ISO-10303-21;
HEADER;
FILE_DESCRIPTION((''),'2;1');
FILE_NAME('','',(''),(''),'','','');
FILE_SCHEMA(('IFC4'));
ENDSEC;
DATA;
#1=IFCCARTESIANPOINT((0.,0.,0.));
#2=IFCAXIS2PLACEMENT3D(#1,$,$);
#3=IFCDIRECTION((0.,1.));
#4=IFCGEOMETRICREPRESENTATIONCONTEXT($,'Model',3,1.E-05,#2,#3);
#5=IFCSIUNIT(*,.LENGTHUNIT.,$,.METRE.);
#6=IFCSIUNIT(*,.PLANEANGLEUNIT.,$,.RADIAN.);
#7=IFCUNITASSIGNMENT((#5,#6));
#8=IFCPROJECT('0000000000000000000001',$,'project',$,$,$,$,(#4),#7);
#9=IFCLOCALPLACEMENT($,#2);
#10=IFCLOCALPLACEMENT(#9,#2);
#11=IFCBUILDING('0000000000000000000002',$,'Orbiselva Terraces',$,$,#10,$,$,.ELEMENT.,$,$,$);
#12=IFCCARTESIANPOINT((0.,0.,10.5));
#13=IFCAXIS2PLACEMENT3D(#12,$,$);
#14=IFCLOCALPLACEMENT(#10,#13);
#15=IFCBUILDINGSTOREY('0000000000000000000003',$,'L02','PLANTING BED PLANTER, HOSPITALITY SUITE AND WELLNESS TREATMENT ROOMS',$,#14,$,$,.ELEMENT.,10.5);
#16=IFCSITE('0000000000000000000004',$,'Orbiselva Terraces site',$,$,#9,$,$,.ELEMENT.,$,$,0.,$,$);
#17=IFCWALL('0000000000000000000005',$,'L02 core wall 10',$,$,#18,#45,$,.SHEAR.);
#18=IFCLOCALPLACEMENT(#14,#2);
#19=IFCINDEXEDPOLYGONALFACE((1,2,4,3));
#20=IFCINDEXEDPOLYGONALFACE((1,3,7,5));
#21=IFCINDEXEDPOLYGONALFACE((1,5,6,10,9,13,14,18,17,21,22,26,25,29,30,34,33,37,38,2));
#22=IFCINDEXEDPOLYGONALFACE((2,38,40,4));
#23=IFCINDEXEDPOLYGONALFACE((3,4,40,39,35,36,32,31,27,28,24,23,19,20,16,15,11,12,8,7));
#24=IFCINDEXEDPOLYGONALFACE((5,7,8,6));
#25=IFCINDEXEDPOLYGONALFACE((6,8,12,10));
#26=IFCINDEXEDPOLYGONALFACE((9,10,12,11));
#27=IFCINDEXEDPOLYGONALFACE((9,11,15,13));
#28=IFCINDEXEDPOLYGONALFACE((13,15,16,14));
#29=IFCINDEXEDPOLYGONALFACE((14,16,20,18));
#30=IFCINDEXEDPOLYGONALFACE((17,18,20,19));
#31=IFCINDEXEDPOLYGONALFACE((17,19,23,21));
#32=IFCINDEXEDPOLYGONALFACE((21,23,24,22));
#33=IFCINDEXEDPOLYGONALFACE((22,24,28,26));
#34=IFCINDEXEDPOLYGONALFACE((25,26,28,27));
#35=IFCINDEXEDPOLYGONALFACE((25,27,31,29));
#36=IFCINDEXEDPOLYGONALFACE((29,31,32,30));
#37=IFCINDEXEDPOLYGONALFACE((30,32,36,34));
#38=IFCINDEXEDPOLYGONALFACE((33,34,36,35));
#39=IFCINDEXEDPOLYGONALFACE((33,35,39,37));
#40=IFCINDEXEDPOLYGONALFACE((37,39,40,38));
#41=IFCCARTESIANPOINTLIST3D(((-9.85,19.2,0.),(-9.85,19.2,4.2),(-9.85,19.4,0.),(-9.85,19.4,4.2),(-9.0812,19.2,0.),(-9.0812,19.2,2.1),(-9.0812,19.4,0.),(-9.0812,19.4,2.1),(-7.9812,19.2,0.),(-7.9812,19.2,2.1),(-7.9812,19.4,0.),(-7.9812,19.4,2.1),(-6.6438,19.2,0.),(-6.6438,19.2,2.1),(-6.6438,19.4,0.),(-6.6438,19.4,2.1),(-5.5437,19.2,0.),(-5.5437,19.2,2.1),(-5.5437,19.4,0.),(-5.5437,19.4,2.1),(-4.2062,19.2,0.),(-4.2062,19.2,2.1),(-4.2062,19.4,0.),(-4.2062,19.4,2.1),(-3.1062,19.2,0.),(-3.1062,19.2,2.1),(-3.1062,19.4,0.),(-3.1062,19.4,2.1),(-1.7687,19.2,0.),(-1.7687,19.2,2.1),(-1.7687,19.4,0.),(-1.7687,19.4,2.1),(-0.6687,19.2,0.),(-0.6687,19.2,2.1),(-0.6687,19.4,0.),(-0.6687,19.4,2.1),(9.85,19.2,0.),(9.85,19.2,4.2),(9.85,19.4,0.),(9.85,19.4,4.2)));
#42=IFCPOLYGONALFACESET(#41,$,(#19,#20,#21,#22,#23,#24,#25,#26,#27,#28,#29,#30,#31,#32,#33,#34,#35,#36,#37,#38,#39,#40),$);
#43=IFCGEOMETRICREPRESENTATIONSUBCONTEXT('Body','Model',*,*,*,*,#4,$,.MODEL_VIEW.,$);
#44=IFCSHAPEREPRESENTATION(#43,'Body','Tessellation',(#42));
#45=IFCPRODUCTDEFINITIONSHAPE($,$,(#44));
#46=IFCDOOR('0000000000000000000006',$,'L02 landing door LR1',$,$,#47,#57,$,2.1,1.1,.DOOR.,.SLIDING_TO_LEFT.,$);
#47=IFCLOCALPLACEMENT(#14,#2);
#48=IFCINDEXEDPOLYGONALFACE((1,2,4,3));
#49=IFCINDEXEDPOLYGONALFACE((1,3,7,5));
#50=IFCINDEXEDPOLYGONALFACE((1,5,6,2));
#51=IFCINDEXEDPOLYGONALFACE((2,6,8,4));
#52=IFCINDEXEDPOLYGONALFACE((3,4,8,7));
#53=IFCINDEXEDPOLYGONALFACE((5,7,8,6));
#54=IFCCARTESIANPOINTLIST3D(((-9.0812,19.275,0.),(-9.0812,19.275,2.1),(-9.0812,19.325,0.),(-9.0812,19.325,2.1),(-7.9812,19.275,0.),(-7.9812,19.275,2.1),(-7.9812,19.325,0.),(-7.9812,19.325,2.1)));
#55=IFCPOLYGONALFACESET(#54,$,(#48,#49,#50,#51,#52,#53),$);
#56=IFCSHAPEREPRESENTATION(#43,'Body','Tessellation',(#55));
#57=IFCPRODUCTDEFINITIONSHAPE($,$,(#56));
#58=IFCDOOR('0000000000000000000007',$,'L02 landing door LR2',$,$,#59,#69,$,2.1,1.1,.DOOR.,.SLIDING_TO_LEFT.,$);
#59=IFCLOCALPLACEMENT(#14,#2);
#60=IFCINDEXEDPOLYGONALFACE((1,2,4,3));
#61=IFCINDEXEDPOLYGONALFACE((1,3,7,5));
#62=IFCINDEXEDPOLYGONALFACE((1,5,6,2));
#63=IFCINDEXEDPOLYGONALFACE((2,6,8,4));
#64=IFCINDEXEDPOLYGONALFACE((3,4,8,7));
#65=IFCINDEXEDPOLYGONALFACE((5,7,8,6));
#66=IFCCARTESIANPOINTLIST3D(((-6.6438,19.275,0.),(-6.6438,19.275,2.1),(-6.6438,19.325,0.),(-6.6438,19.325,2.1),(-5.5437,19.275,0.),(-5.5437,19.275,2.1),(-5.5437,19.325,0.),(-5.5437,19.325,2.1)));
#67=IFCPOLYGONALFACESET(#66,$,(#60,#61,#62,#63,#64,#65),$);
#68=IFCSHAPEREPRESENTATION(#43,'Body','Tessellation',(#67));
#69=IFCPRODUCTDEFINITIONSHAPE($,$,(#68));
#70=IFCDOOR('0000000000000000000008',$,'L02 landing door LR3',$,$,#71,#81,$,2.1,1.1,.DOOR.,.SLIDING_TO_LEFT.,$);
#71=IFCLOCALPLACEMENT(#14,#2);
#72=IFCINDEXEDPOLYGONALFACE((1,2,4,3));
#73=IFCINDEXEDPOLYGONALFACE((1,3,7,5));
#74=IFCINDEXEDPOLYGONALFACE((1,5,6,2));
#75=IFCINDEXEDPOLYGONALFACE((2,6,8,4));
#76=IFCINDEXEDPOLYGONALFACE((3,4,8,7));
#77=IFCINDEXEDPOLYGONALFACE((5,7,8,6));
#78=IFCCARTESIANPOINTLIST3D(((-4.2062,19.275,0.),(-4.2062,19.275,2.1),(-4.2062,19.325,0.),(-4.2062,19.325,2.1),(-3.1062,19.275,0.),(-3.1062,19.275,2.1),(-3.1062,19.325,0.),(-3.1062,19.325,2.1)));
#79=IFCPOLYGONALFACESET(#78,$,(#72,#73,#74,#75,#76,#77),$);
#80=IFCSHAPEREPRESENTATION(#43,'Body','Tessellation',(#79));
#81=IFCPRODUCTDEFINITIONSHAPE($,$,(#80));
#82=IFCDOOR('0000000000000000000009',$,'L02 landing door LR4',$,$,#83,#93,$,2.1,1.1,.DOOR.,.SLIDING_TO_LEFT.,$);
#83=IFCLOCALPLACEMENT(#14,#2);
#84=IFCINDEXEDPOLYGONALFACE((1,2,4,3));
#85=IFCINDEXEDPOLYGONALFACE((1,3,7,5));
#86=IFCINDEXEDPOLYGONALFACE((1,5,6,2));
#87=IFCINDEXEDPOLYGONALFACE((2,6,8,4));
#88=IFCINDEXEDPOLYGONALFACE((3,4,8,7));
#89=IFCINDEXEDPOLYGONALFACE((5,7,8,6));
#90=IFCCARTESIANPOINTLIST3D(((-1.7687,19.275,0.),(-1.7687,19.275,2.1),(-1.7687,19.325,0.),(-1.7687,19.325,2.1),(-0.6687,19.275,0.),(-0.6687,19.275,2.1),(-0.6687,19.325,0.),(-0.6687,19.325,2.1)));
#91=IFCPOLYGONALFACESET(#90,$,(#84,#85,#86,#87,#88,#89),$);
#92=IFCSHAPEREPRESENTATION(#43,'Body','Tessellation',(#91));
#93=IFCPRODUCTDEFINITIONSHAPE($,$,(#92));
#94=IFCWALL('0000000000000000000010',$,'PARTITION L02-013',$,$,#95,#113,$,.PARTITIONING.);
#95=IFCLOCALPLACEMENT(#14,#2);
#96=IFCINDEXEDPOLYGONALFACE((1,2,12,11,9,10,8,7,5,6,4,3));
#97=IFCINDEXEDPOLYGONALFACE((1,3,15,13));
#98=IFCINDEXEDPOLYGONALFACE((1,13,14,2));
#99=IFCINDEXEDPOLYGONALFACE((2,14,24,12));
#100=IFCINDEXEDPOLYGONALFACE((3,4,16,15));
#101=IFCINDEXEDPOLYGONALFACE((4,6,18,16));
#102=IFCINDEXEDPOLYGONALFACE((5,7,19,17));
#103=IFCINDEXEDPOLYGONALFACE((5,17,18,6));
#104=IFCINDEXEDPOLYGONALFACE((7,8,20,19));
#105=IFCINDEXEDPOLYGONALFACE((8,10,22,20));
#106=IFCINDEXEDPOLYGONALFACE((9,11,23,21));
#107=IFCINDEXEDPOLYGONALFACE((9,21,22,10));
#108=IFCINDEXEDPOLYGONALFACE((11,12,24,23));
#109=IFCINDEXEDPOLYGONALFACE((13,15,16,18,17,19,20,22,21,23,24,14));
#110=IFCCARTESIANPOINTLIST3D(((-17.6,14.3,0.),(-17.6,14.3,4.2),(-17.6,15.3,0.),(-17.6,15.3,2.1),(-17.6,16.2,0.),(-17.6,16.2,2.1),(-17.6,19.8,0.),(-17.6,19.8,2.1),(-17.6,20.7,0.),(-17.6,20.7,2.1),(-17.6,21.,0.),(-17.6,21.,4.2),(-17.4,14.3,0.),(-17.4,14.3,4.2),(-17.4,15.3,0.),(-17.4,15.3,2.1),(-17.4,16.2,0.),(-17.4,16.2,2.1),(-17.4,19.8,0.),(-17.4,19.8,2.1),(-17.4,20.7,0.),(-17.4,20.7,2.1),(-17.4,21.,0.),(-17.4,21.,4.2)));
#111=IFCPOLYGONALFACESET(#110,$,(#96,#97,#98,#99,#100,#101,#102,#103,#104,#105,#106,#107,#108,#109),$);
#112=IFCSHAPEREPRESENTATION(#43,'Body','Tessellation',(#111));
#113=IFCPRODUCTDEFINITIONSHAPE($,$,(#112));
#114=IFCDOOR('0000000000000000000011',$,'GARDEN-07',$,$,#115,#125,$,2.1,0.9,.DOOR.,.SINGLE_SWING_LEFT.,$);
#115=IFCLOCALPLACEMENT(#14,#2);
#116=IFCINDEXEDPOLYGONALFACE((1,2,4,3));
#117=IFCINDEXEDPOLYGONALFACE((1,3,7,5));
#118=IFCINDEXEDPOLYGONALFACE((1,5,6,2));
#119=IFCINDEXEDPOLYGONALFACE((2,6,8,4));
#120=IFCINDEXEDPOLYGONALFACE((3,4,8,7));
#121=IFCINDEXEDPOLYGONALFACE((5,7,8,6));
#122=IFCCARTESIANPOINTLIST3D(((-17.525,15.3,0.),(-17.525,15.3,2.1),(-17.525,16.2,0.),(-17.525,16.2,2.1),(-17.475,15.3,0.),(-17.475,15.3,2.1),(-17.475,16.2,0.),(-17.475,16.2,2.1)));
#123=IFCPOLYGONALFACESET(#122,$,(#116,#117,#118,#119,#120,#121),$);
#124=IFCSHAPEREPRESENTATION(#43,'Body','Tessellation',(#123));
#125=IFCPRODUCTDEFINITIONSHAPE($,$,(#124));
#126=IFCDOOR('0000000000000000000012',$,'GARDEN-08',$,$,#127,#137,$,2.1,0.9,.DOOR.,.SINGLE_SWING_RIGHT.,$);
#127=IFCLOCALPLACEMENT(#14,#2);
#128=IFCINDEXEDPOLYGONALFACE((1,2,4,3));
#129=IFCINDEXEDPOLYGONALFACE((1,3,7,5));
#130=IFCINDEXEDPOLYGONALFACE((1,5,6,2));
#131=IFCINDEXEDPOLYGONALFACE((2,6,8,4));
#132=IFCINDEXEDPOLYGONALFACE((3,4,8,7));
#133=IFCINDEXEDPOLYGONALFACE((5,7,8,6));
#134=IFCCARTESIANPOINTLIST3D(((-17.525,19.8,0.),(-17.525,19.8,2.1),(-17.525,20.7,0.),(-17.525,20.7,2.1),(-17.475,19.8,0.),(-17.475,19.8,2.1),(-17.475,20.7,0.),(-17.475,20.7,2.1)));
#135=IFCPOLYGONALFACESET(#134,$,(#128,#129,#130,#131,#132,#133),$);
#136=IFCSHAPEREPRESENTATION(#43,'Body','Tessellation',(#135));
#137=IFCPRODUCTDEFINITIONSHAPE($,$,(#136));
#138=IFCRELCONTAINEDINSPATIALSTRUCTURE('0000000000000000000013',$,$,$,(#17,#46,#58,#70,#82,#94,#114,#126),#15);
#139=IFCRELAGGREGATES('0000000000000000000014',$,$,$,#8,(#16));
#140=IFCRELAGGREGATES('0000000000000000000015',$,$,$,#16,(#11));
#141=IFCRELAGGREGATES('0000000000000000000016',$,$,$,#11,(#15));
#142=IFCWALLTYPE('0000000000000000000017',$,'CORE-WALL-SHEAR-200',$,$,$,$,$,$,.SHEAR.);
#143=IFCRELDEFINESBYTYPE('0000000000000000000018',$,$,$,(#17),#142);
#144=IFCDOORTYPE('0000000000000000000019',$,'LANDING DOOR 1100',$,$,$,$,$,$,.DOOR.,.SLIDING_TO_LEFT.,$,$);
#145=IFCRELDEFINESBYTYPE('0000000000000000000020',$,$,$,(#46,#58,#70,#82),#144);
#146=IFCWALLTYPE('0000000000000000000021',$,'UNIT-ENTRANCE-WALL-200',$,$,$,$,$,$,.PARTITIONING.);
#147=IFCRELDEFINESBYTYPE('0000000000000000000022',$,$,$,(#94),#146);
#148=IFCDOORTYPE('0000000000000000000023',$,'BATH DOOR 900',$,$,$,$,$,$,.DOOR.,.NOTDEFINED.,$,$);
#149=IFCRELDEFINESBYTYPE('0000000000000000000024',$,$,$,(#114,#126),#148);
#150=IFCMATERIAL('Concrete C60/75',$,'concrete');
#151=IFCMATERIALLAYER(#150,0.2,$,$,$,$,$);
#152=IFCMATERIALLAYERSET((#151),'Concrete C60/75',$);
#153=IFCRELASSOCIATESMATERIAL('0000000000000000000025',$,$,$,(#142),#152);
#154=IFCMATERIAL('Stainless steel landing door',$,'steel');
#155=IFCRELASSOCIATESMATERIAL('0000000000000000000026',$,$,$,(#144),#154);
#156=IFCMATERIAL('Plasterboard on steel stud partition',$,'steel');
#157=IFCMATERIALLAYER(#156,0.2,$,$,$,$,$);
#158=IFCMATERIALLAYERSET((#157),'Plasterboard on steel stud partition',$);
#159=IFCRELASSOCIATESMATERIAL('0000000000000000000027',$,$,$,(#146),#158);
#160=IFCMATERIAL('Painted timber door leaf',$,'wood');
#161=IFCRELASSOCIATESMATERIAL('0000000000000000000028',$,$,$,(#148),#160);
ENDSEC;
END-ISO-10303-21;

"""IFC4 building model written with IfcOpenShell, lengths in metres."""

from ifc_helpers import new_model, si_unit, direction, frame, frame_2d, origin, place, context, subcontext, project, spatial, rectangle, extrude, material, layer, layer_set, type_object, element, fill, save


model = new_model("IFC4")

# Units and contexts
model_context = context("Model", 3, precision=1e-05, world=origin(), true_north=direction((0.0, 1.0)))
body_context = subcontext(model_context, "Body", "Model", "MODEL_VIEW")
ifc_project = project(units=[si_unit("LENGTHUNIT", "METRE"), si_unit("PLANEANGLEUNIT", "RADIAN")], contexts=[model_context])

# Site, building, storey
site_placement = place(None, origin())
site = spatial("IfcSite", under=ifc_project, at=site_placement, Name="Orbiselva Terraces site", CompositionType="ELEMENT", RefElevation=0.0)
building_placement = place(site_placement, origin())
building = spatial("IfcBuilding", under=site, at=building_placement, Name="Orbiselva Terraces", CompositionType="ELEMENT")
storey_placement = place(building_placement, frame((0.0, 0.0, 10.5)))
storey = spatial("IfcBuildingStorey", under=building, at=storey_placement, Name="L02", Description="PLANTING BED PLANTER, HOSPITALITY SUITE AND WELLNESS TREATMENT ROOMS", CompositionType="ELEMENT", Elevation=10.5)

# Shared definitions
ifc_material_1 = material(Name="Concrete C60/75", Category="concrete")
ifc_layer_1 = layer(ifc_material_1, 0.2)
ifc_layer_set_1 = layer_set([ifc_layer_1], Name="Concrete C60/75")
wall_type_1 = type_object("IfcWallType", Name="CORE-WALL-SHEAR-200", PredefinedType="SHEAR", material=ifc_layer_set_1)

# Walls, openings, doors
wall_1_placement = place(storey_placement, frame((-9.85, 19.3, 0.0), z_axis=(0.0, 0.0, 1.0), x_axis=(1.0, 0.0, 0.0)))
wall_1 = element("IfcWall", 1, at=wall_1_placement, inside=storey, type_object=wall_type_1, Name="L02 core wall 10", PredefinedType="SHEAR", context=body_context, shape_type="SweptSolid", body=[
    extrude(rectangle(XDim=19.7, YDim=0.2, at=frame_2d((9.85, 0.0))), origin(), (0.0, 0.0, 1.0), 4.2),
])
opening_1_placement = place(wall_1_placement, frame((0.7688, 0.0, 0.0)))
opening_1 = element("IfcOpeningElement", 2, at=opening_1_placement, cuts=wall_1, PredefinedType="OPENING", context=body_context, shape_type="SweptSolid", body=[
    extrude(rectangle(XDim=1.1, YDim=2.1, at=frame_2d((0.55, 1.05))), frame((0.0, 0.11, 0.0), z_axis=(0.0, -1.0, 0.0), x_axis=(1.0, 0.0, 0.0)), (0.0, 0.0, 1.0), 0.22),
])
opening_2_placement = place(wall_1_placement, frame((3.2062, 0.0, 0.0)))
opening_2 = element("IfcOpeningElement", 3, at=opening_2_placement, cuts=wall_1, PredefinedType="OPENING", context=body_context, shape_type="SweptSolid", body=[
    extrude(rectangle(XDim=1.1, YDim=2.1, at=frame_2d((0.55, 1.05))), frame((0.0, 0.11, 0.0), z_axis=(0.0, -1.0, 0.0), x_axis=(1.0, 0.0, 0.0)), (0.0, 0.0, 1.0), 0.22),
])
opening_3_placement = place(wall_1_placement, frame((5.6437, 0.0, 0.0)))
opening_3 = element("IfcOpeningElement", 4, at=opening_3_placement, cuts=wall_1, PredefinedType="OPENING", context=body_context, shape_type="SweptSolid", body=[
    extrude(rectangle(XDim=1.1, YDim=2.1, at=frame_2d((0.55, 1.05))), frame((0.0, 0.11, 0.0), z_axis=(0.0, -1.0, 0.0), x_axis=(1.0, 0.0, 0.0)), (0.0, 0.0, 1.0), 0.22),
])
opening_4_placement = place(wall_1_placement, frame((8.0813, 0.0, 0.0)))
opening_4 = element("IfcOpeningElement", 5, at=opening_4_placement, cuts=wall_1, PredefinedType="OPENING", context=body_context, shape_type="SweptSolid", body=[
    extrude(rectangle(XDim=1.1, YDim=2.1, at=frame_2d((0.55, 1.05))), frame((0.0, 0.11, 0.0), z_axis=(0.0, -1.0, 0.0), x_axis=(1.0, 0.0, 0.0)), (0.0, 0.0, 1.0), 0.22),
])
ifc_material_2 = material(Name="Stainless steel landing door", Category="steel")
door_type_1 = type_object("IfcDoorType", Name="LANDING DOOR 1100", OperationType="SLIDING_TO_LEFT", PredefinedType="DOOR", material=ifc_material_2)
door_1_placement = place(opening_1_placement, origin())
door_1 = element("IfcDoor", 6, at=door_1_placement, inside=storey, type_object=door_type_1, Name="L02 landing door LR1", OperationType="SLIDING_TO_LEFT", OverallHeight=2.1, OverallWidth=1.1, PredefinedType="DOOR", context=body_context, shape_type="SweptSolid", body=[
    extrude(rectangle(XDim=1.1, YDim=2.1, at=frame_2d((0.55, 1.05))), frame((0.0, 0.025, 0.0), z_axis=(0.0, -1.0, 0.0), x_axis=(1.0, 0.0, 0.0)), (0.0, 0.0, 1.0), 0.05),
])
fill(opening_1, door_1)
door_2_placement = place(opening_2_placement, origin())
door_2 = element("IfcDoor", 7, at=door_2_placement, inside=storey, type_object=door_type_1, Name="L02 landing door LR2", OperationType="SLIDING_TO_LEFT", OverallHeight=2.1, OverallWidth=1.1, PredefinedType="DOOR", context=body_context, shape_type="SweptSolid", body=[
    extrude(rectangle(XDim=1.1, YDim=2.1, at=frame_2d((0.55, 1.05))), frame((0.0, 0.025, 0.0), z_axis=(0.0, -1.0, 0.0), x_axis=(1.0, 0.0, 0.0)), (0.0, 0.0, 1.0), 0.05),
])
fill(opening_2, door_2)
door_3_placement = place(opening_3_placement, origin())
door_3 = element("IfcDoor", 8, at=door_3_placement, inside=storey, type_object=door_type_1, Name="L02 landing door LR3", OperationType="SLIDING_TO_LEFT", OverallHeight=2.1, OverallWidth=1.1, PredefinedType="DOOR", context=body_context, shape_type="SweptSolid", body=[
    extrude(rectangle(XDim=1.1, YDim=2.1, at=frame_2d((0.55, 1.05))), frame((0.0, 0.025, 0.0), z_axis=(0.0, -1.0, 0.0), x_axis=(1.0, 0.0, 0.0)), (0.0, 0.0, 1.0), 0.05),
])
fill(opening_3, door_3)
door_4_placement = place(opening_4_placement, origin())
door_4 = element("IfcDoor", 9, at=door_4_placement, inside=storey, type_object=door_type_1, Name="L02 landing door LR4", OperationType="SLIDING_TO_LEFT", OverallHeight=2.1, OverallWidth=1.1, PredefinedType="DOOR", context=body_context, shape_type="SweptSolid", body=[
    extrude(rectangle(XDim=1.1, YDim=2.1, at=frame_2d((0.55, 1.05))), frame((0.0, 0.025, 0.0), z_axis=(0.0, -1.0, 0.0), x_axis=(1.0, 0.0, 0.0)), (0.0, 0.0, 1.0), 0.05),
])
fill(opening_4, door_4)
ifc_material_3 = material(Name="Plasterboard on steel stud partition", Category="steel")
ifc_layer_2 = layer(ifc_material_3, 0.2)
ifc_layer_set_2 = layer_set([ifc_layer_2], Name="Plasterboard on steel stud partition")
wall_type_2 = type_object("IfcWallType", Name="UNIT-ENTRANCE-WALL-200", PredefinedType="PARTITIONING", material=ifc_layer_set_2)
wall_2_placement = place(storey_placement, frame((-17.5, 14.3, 0.0), z_axis=(0.0, 0.0, 1.0), x_axis=(0.0, 1.0, 0.0)))
wall_2 = element("IfcWall", 10, at=wall_2_placement, inside=storey, type_object=wall_type_2, Name="PARTITION L02-013", PredefinedType="PARTITIONING", context=body_context, shape_type="SweptSolid", body=[
    extrude(rectangle(XDim=6.7, YDim=0.2, at=frame_2d((3.35, 0.0))), origin(), (0.0, 0.0, 1.0), 4.2),
])
opening_5_placement = place(wall_2_placement, frame((1.0, 0.0, 0.0)))
opening_5 = element("IfcOpeningElement", 11, at=opening_5_placement, cuts=wall_2, PredefinedType="OPENING", context=body_context, shape_type="SweptSolid", body=[
    extrude(rectangle(XDim=0.9, YDim=2.1, at=frame_2d((0.45, 1.05))), frame((0.0, 0.11, 0.0), z_axis=(0.0, -1.0, 0.0), x_axis=(1.0, 0.0, 0.0)), (0.0, 0.0, 1.0), 0.22),
])
opening_6_placement = place(wall_2_placement, frame((5.5, 0.0, 0.0)))
opening_6 = element("IfcOpeningElement", 12, at=opening_6_placement, cuts=wall_2, PredefinedType="OPENING", context=body_context, shape_type="SweptSolid", body=[
    extrude(rectangle(XDim=0.9, YDim=2.1, at=frame_2d((0.45, 1.05))), frame((0.0, 0.11, 0.0), z_axis=(0.0, -1.0, 0.0), x_axis=(1.0, 0.0, 0.0)), (0.0, 0.0, 1.0), 0.22),
])
ifc_material_4 = material(Name="Painted timber door leaf", Category="wood")
door_type_2 = type_object("IfcDoorType", Name="BATH DOOR 900", OperationType="NOTDEFINED", PredefinedType="DOOR", material=ifc_material_4)
door_5_placement = place(opening_5_placement, origin())
door_5 = element("IfcDoor", 13, at=door_5_placement, inside=storey, type_object=door_type_2, Name="GARDEN-07", OperationType="SINGLE_SWING_LEFT", OverallHeight=2.1, OverallWidth=0.9, PredefinedType="DOOR", context=body_context, shape_type="SweptSolid", body=[
    extrude(rectangle(XDim=0.9, YDim=2.1, at=frame_2d((0.45, 1.05))), frame((0.0, 0.025, 0.0), z_axis=(0.0, -1.0, 0.0), x_axis=(1.0, 0.0, 0.0)), (0.0, 0.0, 1.0), 0.05),
])
fill(opening_5, door_5)
door_6_placement = place(opening_6_placement, origin())
door_6 = element("IfcDoor", 14, at=door_6_placement, inside=storey, type_object=door_type_2, Name="GARDEN-08", OperationType="SINGLE_SWING_RIGHT", OverallHeight=2.1, OverallWidth=0.9, PredefinedType="DOOR", context=body_context, shape_type="SweptSolid", body=[
    extrude(rectangle(XDim=0.9, YDim=2.1, at=frame_2d((0.45, 1.05))), frame((0.0, 0.025, 0.0), z_axis=(0.0, -1.0, 0.0), x_axis=(1.0, 0.0, 0.0)), (0.0, 0.0, 1.0), 0.05),
])
fill(opening_6, door_6)

save(model, "model.ifc")
